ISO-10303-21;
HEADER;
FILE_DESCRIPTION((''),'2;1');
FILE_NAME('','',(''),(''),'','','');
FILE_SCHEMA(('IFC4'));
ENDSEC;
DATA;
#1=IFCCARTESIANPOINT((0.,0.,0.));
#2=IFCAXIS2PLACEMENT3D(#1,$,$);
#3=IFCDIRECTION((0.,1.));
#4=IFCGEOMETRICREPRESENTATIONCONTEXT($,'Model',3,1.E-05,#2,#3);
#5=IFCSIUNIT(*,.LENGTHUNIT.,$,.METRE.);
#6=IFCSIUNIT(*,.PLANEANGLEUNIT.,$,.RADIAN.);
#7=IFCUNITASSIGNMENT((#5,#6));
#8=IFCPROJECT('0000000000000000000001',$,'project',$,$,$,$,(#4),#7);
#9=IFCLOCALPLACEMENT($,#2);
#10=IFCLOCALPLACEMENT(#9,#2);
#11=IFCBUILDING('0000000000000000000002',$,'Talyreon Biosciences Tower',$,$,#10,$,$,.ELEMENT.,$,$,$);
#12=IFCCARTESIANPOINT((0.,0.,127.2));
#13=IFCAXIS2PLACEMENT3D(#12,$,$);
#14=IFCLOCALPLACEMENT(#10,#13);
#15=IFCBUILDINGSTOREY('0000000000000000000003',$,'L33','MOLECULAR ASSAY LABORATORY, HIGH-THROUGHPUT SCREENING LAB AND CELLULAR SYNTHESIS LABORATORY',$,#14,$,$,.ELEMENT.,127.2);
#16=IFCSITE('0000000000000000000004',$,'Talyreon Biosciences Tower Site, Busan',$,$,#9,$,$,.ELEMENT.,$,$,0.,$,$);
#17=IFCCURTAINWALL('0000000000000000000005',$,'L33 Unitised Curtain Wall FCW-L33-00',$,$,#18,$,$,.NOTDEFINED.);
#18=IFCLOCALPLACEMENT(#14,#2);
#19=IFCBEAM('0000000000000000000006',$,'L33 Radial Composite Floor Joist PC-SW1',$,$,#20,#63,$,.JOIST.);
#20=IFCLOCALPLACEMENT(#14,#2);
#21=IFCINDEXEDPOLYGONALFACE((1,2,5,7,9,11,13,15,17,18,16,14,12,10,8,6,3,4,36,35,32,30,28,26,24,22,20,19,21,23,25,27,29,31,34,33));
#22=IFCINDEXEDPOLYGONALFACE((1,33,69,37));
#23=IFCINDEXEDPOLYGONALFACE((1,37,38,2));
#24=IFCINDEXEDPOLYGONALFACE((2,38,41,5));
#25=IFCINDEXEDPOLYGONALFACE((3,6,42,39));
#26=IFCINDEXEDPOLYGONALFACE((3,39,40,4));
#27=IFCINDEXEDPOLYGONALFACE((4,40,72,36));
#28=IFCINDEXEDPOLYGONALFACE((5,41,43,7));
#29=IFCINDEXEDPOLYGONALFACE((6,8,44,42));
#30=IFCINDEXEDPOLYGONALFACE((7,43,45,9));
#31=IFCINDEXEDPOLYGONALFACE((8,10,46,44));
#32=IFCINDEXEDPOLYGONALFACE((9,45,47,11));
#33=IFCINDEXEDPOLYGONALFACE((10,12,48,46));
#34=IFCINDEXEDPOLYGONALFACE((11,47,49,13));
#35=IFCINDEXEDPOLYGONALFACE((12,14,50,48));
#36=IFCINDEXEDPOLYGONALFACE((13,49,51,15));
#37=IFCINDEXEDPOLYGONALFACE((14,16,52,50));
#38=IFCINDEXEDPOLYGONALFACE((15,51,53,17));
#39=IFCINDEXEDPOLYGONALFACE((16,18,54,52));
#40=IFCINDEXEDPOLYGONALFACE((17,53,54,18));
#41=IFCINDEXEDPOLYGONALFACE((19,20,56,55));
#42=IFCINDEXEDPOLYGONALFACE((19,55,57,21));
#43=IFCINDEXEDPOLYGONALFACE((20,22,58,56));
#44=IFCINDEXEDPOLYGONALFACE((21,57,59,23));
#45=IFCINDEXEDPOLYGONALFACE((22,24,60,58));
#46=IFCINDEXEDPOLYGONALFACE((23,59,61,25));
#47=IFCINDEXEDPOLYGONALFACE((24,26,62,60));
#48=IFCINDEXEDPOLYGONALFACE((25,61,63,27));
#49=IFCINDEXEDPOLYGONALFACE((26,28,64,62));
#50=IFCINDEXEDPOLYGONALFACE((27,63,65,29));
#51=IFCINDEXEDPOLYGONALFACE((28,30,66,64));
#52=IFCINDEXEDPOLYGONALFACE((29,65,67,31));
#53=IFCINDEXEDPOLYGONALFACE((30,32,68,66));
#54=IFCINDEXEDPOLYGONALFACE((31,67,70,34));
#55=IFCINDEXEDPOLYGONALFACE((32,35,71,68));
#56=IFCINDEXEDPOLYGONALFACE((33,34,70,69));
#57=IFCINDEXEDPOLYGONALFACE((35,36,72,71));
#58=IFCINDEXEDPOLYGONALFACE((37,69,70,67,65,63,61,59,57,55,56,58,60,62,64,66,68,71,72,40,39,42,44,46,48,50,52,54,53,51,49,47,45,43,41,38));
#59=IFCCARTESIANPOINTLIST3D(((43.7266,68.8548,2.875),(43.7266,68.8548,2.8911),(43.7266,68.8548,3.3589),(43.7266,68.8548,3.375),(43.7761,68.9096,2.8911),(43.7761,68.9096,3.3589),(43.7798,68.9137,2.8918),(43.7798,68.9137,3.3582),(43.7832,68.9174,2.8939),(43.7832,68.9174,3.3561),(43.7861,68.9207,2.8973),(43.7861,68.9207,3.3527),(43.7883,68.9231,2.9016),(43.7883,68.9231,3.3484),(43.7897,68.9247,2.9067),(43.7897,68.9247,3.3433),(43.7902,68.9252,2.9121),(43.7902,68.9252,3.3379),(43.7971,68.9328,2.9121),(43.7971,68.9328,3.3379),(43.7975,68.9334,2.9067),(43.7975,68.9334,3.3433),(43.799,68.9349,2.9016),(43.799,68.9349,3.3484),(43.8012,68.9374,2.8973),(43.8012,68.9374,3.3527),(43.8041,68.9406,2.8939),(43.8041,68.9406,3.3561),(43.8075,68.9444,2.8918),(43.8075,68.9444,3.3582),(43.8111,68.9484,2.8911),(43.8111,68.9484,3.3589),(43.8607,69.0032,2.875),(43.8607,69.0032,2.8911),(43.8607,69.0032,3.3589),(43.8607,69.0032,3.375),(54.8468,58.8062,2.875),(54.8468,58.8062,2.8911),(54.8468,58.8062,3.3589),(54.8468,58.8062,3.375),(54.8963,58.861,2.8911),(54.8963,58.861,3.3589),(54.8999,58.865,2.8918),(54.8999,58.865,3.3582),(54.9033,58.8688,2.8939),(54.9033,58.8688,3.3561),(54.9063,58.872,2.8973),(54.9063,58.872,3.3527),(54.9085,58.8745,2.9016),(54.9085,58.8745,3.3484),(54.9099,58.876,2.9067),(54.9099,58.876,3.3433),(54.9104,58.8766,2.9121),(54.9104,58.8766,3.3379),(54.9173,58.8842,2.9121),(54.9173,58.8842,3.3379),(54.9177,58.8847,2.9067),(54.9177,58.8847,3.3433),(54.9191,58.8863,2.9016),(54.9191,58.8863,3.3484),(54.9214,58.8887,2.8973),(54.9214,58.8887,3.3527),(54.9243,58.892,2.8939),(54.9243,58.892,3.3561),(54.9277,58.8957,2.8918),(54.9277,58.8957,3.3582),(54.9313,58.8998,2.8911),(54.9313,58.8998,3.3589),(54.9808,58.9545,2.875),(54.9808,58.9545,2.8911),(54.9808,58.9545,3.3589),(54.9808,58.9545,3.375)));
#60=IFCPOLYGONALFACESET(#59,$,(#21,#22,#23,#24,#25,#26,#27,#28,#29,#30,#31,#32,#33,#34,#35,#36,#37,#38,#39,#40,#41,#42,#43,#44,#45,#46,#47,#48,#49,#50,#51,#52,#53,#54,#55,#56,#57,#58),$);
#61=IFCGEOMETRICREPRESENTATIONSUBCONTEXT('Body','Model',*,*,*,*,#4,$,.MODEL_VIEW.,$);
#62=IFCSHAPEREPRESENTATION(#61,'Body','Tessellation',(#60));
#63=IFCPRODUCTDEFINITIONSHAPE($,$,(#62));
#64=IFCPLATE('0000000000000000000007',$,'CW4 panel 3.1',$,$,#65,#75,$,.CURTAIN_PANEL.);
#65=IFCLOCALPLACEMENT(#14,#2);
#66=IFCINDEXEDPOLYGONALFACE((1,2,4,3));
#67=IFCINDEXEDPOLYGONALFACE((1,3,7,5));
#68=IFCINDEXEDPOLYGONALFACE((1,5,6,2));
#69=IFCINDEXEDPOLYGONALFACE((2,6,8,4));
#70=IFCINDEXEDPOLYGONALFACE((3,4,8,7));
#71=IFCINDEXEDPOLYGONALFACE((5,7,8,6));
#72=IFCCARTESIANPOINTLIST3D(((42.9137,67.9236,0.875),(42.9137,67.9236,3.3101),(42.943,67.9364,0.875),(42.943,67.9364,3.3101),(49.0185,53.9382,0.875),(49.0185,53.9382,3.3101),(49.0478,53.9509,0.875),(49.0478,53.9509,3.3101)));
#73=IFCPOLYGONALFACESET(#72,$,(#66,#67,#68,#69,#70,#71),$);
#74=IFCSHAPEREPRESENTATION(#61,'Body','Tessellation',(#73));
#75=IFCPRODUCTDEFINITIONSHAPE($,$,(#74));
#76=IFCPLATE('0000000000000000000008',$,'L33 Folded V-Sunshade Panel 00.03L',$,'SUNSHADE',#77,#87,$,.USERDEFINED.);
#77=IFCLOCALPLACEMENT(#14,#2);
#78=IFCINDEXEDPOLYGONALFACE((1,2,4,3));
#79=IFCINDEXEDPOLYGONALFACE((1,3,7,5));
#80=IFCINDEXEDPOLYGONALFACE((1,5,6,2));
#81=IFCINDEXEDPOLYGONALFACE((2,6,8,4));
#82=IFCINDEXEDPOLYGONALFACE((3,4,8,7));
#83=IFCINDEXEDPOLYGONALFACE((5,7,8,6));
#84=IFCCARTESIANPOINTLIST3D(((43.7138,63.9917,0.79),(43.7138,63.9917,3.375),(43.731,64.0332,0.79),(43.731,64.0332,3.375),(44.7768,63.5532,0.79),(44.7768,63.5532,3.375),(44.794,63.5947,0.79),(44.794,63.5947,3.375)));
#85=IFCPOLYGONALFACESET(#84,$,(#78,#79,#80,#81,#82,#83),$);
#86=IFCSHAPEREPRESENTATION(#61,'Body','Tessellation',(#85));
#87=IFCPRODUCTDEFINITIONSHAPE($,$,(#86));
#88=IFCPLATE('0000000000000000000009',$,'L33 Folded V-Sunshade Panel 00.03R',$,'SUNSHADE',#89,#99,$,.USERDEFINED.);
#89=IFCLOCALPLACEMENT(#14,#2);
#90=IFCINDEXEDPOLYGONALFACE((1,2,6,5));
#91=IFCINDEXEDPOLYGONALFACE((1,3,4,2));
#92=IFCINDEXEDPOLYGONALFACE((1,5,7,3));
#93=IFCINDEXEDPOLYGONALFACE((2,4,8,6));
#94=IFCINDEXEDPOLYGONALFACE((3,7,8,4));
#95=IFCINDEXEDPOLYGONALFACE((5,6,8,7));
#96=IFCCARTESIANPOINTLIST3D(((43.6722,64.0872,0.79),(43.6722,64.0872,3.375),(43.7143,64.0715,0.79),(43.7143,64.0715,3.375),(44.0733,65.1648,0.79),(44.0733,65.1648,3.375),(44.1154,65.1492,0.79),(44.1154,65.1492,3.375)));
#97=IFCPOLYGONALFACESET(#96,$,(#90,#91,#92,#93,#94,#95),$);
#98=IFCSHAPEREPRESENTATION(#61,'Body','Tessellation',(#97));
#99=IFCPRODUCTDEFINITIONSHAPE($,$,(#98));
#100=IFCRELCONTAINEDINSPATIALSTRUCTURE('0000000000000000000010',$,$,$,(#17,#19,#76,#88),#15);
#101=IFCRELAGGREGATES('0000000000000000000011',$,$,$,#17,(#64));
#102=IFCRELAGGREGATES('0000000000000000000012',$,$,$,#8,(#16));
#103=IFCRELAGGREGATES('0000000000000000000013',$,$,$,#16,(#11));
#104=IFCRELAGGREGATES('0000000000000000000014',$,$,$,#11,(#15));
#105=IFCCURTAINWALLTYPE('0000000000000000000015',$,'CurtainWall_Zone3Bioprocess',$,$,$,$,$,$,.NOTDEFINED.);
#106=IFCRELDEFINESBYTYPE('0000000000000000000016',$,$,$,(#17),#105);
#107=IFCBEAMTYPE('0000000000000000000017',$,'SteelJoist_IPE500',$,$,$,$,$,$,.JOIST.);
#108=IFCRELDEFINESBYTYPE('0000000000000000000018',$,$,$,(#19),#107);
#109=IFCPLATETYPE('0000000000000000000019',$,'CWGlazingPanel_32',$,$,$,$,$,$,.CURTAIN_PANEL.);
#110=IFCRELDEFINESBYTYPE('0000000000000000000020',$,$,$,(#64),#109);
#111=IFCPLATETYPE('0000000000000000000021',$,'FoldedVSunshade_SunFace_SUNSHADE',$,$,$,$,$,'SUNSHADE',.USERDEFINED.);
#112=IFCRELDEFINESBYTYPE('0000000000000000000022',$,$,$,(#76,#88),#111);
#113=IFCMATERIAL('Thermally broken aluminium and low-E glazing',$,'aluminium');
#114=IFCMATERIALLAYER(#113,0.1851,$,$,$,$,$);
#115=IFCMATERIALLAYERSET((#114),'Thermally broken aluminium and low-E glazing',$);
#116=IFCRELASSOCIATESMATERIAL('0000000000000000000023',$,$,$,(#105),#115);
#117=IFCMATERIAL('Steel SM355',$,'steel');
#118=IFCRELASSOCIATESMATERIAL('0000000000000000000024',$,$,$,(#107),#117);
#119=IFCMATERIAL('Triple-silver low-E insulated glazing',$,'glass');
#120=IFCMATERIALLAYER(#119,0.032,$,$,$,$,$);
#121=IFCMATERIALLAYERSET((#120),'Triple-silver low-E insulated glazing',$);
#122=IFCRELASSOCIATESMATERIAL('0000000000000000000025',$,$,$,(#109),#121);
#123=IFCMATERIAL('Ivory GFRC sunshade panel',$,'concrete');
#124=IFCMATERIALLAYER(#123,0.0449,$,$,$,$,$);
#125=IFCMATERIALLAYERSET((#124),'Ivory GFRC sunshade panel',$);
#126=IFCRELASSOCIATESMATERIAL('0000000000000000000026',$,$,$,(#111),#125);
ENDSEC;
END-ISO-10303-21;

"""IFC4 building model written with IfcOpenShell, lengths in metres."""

from ifc_helpers import new_model, si_unit, direction, frame, origin, origin_2d, place, context, subcontext, project, spatial, rectangle, i_section, extrude, material, layer, layer_set, material_profile, profile_set, type_object, element, aggregate, save


model = new_model("IFC4")

# Units and contexts
model_context = context("Model", 3, precision=1e-05, world=origin(), true_north=direction((0.0, 1.0)))
body_context = subcontext(model_context, "Body", "Model", "MODEL_VIEW")
ifc_project = project(units=[si_unit("LENGTHUNIT", "METRE"), si_unit("PLANEANGLEUNIT", "RADIAN")], contexts=[model_context])

# Site, building, storey
site_placement = place(None, origin())
site = spatial("IfcSite", under=ifc_project, at=site_placement, Name="Talyreon Biosciences Tower Site, Busan", CompositionType="ELEMENT", RefElevation=0.0)
building_placement = place(site_placement, origin())
building = spatial("IfcBuilding", under=site, at=building_placement, Name="Talyreon Biosciences Tower", CompositionType="ELEMENT")
storey_placement = place(building_placement, frame((0.0, 0.0, 127.2)))
storey = spatial("IfcBuildingStorey", under=building, at=storey_placement, Name="L33", Description="MOLECULAR ASSAY LABORATORY, HIGH-THROUGHPUT SCREENING LAB AND CELLULAR SYNTHESIS LABORATORY", CompositionType="ELEMENT", Elevation=127.2)

# Curtain wall
ifc_material_1 = material(Name="Thermally broken aluminium and low-E glazing", Category="aluminium")
ifc_layer_1 = layer(ifc_material_1, 0.1851)
ifc_layer_set_1 = layer_set([ifc_layer_1], Name="Thermally broken aluminium and low-E glazing")
curtain_wall_type = type_object("IfcCurtainWallType", Name="CurtainWall_Zone3Bioprocess", PredefinedType="NOTDEFINED", material=ifc_layer_set_1)
curtain_wall_placement = place(storey_placement, origin())
curtain_wall = element("IfcCurtainWall", 1, at=curtain_wall_placement, inside=storey, type_object=curtain_wall_type, Name="L33 Unitised Curtain Wall FCW-L33-00", PredefinedType="NOTDEFINED")

# Beam
ifc_material_2 = material(Name="Steel SM355", Category="steel")
ifc_material_profile_1 = material_profile(ifc_material_2, i_section(OverallWidth=0.2, OverallDepth=0.5, WebThickness=0.0103, FlangeThickness=0.0161, FilletRadius=0.021, at=origin_2d()), Name="IPE500")
ifc_profile_set_1 = profile_set([ifc_material_profile_1], Name="Steel SM355")
beam_type_1 = type_object("IfcBeamType", Name="SteelJoist_IPE500", PredefinedType="JOIST", material=ifc_profile_set_1)
beam_1_placement = place(storey_placement, frame((54.9138, 58.8804, 3.125), z_axis=(-0.74195, 0.670456, 0.0), x_axis=(-0.670456, -0.74195, 0.0)))
element("IfcBeam", 2, at=beam_1_placement, inside=storey, type_object=beam_type_1, Name="L33 Radial Composite Floor Joist PC-SW1", PredefinedType="JOIST", context=body_context, shape_type="SweptSolid", body=[
    extrude(i_section(OverallWidth=0.2, OverallDepth=0.5, WebThickness=0.0103, FlangeThickness=0.0161, FilletRadius=0.021, at=origin_2d()), origin(), (0.0, 0.0, 1.0), 14.9878),
])

# Plate
ifc_material_3 = material(Name="Triple-silver low-E insulated glazing", Category="glass")
ifc_layer_2 = layer(ifc_material_3, 0.032)
ifc_layer_set_2 = layer_set([ifc_layer_2], Name="Triple-silver low-E insulated glazing")
plate_type_1 = type_object("IfcPlateType", Name="CWGlazingPanel_32", PredefinedType="CURTAIN_PANEL", material=ifc_layer_set_2)
plate_placement = place(storey_placement, frame((45.9807, 60.9373, 0.875), z_axis=(0.0, 0.0, 1.0), x_axis=(-0.400058, 0.91649, 0.0)))
plate = element("IfcPlate", 3, at=plate_placement, type_object=plate_type_1, Name="CW4 panel 3.1", PredefinedType="CURTAIN_PANEL", context=body_context, shape_type="SweptSolid", body=[
    extrude(rectangle(XDim=15.2598, YDim=0.032, at=origin_2d()), origin(), (0.0, 0.0, 1.0), 2.4351),
])
aggregate(curtain_wall, [plate])

# Plates
ifc_material_4 = material(Name="Ivory GFRC sunshade panel", Category="concrete")
ifc_layer_3 = layer(ifc_material_4, 0.0449)
ifc_layer_set_3 = layer_set([ifc_layer_3], Name="Ivory GFRC sunshade panel")
plate_type_2 = type_object("IfcPlateType", Name="FoldedVSunshade_SunFace_SUNSHADE", ElementType="SUNSHADE", PredefinedType="USERDEFINED", material=ifc_layer_set_3)
for number, where, z_axis, x_axis, name in (
    (4, (44.2539, 63.7932, 0.79), (0.0, 0.0, 1.0), (-0.924426, 0.381361, 0.0), "L33 Folded V-Sunshade Panel 00.03L"),
    (5, (43.8938, 64.6182, 0.79), (0.0, 0.0, 1.0), (0.348866, 0.937172, 0.0), "L33 Folded V-Sunshade Panel 00.03R"),
):
    element("IfcPlate", number, at=place(storey_placement, frame(where, z_axis=z_axis, x_axis=x_axis)), inside=storey, type_object=plate_type_2, Name=name, ObjectType="SUNSHADE", PredefinedType="USERDEFINED", context=body_context, shape_type="SweptSolid", body=[
        extrude(rectangle(XDim=1.1499, YDim=0.0449, at=origin_2d()), origin(), (0.0, 0.0, 1.0), 2.585),
    ])

save(model, "model.ifc")
